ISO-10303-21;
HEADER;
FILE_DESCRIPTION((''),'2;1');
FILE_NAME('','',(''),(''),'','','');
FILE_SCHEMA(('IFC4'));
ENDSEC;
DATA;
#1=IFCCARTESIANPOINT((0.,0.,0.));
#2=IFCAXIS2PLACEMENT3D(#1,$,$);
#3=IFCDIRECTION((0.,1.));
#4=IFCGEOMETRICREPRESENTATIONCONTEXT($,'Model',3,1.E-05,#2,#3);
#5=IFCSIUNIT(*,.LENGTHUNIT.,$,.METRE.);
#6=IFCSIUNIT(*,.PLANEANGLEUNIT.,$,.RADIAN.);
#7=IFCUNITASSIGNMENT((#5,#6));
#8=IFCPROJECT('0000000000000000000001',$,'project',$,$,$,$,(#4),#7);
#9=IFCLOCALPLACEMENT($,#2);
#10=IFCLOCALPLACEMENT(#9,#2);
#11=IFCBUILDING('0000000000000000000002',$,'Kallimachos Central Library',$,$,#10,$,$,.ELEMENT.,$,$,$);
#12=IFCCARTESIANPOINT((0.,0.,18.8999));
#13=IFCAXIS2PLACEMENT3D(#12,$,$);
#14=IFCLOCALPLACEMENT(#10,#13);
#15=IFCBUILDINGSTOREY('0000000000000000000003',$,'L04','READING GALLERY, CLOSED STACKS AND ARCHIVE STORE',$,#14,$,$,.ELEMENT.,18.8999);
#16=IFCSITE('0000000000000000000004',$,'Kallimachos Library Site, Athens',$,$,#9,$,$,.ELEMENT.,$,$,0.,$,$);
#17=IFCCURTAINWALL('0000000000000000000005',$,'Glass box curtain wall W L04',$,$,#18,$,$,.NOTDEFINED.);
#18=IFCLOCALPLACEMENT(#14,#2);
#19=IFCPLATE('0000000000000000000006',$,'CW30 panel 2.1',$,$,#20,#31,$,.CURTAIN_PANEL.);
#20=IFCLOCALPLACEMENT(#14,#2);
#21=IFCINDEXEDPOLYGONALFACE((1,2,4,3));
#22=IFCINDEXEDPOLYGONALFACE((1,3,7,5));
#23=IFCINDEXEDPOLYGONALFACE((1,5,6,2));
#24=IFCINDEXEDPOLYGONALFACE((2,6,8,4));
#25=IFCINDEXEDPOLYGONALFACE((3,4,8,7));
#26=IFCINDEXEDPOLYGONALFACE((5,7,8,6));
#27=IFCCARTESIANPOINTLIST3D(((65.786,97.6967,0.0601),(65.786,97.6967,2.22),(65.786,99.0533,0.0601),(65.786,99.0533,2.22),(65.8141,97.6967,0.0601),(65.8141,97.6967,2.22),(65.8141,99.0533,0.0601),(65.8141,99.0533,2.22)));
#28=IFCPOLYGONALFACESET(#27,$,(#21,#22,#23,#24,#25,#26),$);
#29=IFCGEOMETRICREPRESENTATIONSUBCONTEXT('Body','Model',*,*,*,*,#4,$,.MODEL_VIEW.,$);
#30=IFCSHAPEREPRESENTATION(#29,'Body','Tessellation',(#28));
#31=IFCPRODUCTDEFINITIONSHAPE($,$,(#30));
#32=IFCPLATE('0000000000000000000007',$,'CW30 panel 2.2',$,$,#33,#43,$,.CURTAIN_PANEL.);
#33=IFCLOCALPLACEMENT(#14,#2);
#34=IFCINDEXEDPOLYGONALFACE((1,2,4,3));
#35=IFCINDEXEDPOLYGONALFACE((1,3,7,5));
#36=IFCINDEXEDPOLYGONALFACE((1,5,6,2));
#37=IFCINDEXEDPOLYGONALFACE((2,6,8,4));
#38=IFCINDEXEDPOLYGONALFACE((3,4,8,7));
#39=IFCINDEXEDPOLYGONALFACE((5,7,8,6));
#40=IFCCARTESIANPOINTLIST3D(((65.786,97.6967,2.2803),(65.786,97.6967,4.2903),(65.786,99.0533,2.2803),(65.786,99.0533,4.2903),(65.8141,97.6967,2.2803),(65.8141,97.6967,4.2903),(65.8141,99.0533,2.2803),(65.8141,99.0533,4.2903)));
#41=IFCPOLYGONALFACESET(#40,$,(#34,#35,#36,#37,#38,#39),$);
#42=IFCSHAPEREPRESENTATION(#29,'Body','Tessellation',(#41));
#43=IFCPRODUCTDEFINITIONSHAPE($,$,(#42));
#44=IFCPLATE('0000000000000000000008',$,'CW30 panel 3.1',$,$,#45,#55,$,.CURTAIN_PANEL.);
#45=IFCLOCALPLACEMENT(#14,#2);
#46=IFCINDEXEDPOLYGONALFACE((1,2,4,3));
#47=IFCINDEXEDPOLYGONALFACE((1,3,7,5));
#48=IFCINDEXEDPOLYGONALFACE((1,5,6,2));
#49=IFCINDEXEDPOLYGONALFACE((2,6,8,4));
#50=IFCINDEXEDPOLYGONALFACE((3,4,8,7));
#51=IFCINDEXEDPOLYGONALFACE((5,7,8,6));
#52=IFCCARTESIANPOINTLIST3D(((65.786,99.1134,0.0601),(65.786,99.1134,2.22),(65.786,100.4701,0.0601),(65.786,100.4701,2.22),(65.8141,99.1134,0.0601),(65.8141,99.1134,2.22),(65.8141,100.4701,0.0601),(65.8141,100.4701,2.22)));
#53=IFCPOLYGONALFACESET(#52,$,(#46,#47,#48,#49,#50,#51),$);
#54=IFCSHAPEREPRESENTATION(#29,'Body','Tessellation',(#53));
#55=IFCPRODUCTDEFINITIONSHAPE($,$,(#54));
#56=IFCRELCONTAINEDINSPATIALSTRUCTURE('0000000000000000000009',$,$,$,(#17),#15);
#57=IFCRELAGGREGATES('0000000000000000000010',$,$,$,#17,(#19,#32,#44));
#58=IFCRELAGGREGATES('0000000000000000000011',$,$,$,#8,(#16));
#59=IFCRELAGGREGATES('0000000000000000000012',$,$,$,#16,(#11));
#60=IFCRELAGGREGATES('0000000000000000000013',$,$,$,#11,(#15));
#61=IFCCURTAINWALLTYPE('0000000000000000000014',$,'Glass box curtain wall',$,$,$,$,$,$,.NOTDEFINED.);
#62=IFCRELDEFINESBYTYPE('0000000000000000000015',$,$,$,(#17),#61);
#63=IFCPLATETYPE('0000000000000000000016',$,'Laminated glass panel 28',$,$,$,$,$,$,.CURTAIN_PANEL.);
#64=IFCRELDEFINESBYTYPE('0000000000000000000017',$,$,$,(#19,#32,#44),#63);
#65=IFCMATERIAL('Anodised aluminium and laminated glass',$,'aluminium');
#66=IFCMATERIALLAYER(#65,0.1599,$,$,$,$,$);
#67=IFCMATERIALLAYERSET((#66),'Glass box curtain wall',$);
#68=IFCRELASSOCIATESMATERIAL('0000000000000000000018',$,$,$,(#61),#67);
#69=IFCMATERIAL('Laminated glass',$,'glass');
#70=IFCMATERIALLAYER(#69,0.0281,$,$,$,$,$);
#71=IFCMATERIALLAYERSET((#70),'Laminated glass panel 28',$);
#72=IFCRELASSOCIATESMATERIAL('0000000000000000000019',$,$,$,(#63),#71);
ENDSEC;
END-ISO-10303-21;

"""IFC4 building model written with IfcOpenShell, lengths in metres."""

from ifc_helpers import new_model, si_unit, direction, frame, origin, origin_2d, place, context, subcontext, project, spatial, rectangle, extrude, material, layer, layer_set, type_object, element, aggregate, save


model = new_model("IFC4")

# Units and contexts
model_context = context("Model", 3, precision=1e-05, world=origin(), true_north=direction((0.0, 1.0)))
body_context = subcontext(model_context, "Body", "Model", "MODEL_VIEW")
ifc_project = project(units=[si_unit("LENGTHUNIT", "METRE"), si_unit("PLANEANGLEUNIT", "RADIAN")], contexts=[model_context])

# Site, building, storey
site_placement = place(None, origin())
site = spatial("IfcSite", under=ifc_project, at=site_placement, Name="Kallimachos Library Site, Athens", CompositionType="ELEMENT", RefElevation=0.0)
building_placement = place(site_placement, origin())
building = spatial("IfcBuilding", under=site, at=building_placement, Name="Kallimachos Central Library", CompositionType="ELEMENT")
storey_placement = place(building_placement, frame((0.0, 0.0, 18.8999)))
storey = spatial("IfcBuildingStorey", under=building, at=storey_placement, Name="L04", Description="READING GALLERY, CLOSED STACKS AND ARCHIVE STORE", CompositionType="ELEMENT", Elevation=18.8999)

# Curtain wall
ifc_material_1 = material(Name="Anodised aluminium and laminated glass", Category="aluminium")
ifc_layer_1 = layer(ifc_material_1, 0.1599)
ifc_layer_set_1 = layer_set([ifc_layer_1], Name="Glass box curtain wall")
curtain_wall_type = type_object("IfcCurtainWallType", Name="Glass box curtain wall", PredefinedType="NOTDEFINED", material=ifc_layer_set_1)
curtain_wall_placement = place(storey_placement, origin())
curtain_wall = element("IfcCurtainWall", 1, at=curtain_wall_placement, inside=storey, type_object=curtain_wall_type, Name="Glass box curtain wall W L04", PredefinedType="NOTDEFINED")

# Plates
ifc_material_2 = material(Name="Laminated glass", Category="glass")
ifc_layer_2 = layer(ifc_material_2, 0.0281)
ifc_layer_set_2 = layer_set([ifc_layer_2], Name="Laminated glass panel 28")
plate_type = type_object("IfcPlateType", Name="Laminated glass panel 28", PredefinedType="CURTAIN_PANEL", material=ifc_layer_set_2)
plate_1_placement = place(storey_placement, frame((65.8, 98.375, 0.0601), z_axis=(0.0, 0.0, 1.0), x_axis=(0.0, 1.0, 0.0)))
plate_1 = element("IfcPlate", 2, at=plate_1_placement, type_object=plate_type, Name="CW30 panel 2.1", PredefinedType="CURTAIN_PANEL", context=body_context, shape_type="SweptSolid", body=[
    extrude(rectangle(XDim=1.3567, YDim=0.0281, at=origin_2d()), origin(), (0.0, 0.0, 1.0), 2.1599),
])
plate_2_placement = place(storey_placement, frame((65.8, 98.375, 2.2803), z_axis=(0.0, 0.0, 1.0), x_axis=(0.0, 1.0, 0.0)))
plate_2 = element("IfcPlate", 3, at=plate_2_placement, type_object=plate_type, Name="CW30 panel 2.2", PredefinedType="CURTAIN_PANEL", context=body_context, shape_type="SweptSolid", body=[
    extrude(rectangle(XDim=1.3567, YDim=0.0281, at=origin_2d()), origin(), (0.0, 0.0, 1.0), 2.01),
])
plate_3_placement = place(storey_placement, frame((65.8, 99.7917, 0.0601), z_axis=(0.0, 0.0, 1.0), x_axis=(0.0, 1.0, 0.0)))
plate_3 = element("IfcPlate", 4, at=plate_3_placement, type_object=plate_type, Name="CW30 panel 3.1", PredefinedType="CURTAIN_PANEL", context=body_context, shape_type="SweptSolid", body=[
    extrude(rectangle(XDim=1.3567, YDim=0.0281, at=origin_2d()), origin(), (0.0, 0.0, 1.0), 2.1599),
])
aggregate(curtain_wall, [plate_1, plate_2, plate_3])

save(model, "model.ifc")
